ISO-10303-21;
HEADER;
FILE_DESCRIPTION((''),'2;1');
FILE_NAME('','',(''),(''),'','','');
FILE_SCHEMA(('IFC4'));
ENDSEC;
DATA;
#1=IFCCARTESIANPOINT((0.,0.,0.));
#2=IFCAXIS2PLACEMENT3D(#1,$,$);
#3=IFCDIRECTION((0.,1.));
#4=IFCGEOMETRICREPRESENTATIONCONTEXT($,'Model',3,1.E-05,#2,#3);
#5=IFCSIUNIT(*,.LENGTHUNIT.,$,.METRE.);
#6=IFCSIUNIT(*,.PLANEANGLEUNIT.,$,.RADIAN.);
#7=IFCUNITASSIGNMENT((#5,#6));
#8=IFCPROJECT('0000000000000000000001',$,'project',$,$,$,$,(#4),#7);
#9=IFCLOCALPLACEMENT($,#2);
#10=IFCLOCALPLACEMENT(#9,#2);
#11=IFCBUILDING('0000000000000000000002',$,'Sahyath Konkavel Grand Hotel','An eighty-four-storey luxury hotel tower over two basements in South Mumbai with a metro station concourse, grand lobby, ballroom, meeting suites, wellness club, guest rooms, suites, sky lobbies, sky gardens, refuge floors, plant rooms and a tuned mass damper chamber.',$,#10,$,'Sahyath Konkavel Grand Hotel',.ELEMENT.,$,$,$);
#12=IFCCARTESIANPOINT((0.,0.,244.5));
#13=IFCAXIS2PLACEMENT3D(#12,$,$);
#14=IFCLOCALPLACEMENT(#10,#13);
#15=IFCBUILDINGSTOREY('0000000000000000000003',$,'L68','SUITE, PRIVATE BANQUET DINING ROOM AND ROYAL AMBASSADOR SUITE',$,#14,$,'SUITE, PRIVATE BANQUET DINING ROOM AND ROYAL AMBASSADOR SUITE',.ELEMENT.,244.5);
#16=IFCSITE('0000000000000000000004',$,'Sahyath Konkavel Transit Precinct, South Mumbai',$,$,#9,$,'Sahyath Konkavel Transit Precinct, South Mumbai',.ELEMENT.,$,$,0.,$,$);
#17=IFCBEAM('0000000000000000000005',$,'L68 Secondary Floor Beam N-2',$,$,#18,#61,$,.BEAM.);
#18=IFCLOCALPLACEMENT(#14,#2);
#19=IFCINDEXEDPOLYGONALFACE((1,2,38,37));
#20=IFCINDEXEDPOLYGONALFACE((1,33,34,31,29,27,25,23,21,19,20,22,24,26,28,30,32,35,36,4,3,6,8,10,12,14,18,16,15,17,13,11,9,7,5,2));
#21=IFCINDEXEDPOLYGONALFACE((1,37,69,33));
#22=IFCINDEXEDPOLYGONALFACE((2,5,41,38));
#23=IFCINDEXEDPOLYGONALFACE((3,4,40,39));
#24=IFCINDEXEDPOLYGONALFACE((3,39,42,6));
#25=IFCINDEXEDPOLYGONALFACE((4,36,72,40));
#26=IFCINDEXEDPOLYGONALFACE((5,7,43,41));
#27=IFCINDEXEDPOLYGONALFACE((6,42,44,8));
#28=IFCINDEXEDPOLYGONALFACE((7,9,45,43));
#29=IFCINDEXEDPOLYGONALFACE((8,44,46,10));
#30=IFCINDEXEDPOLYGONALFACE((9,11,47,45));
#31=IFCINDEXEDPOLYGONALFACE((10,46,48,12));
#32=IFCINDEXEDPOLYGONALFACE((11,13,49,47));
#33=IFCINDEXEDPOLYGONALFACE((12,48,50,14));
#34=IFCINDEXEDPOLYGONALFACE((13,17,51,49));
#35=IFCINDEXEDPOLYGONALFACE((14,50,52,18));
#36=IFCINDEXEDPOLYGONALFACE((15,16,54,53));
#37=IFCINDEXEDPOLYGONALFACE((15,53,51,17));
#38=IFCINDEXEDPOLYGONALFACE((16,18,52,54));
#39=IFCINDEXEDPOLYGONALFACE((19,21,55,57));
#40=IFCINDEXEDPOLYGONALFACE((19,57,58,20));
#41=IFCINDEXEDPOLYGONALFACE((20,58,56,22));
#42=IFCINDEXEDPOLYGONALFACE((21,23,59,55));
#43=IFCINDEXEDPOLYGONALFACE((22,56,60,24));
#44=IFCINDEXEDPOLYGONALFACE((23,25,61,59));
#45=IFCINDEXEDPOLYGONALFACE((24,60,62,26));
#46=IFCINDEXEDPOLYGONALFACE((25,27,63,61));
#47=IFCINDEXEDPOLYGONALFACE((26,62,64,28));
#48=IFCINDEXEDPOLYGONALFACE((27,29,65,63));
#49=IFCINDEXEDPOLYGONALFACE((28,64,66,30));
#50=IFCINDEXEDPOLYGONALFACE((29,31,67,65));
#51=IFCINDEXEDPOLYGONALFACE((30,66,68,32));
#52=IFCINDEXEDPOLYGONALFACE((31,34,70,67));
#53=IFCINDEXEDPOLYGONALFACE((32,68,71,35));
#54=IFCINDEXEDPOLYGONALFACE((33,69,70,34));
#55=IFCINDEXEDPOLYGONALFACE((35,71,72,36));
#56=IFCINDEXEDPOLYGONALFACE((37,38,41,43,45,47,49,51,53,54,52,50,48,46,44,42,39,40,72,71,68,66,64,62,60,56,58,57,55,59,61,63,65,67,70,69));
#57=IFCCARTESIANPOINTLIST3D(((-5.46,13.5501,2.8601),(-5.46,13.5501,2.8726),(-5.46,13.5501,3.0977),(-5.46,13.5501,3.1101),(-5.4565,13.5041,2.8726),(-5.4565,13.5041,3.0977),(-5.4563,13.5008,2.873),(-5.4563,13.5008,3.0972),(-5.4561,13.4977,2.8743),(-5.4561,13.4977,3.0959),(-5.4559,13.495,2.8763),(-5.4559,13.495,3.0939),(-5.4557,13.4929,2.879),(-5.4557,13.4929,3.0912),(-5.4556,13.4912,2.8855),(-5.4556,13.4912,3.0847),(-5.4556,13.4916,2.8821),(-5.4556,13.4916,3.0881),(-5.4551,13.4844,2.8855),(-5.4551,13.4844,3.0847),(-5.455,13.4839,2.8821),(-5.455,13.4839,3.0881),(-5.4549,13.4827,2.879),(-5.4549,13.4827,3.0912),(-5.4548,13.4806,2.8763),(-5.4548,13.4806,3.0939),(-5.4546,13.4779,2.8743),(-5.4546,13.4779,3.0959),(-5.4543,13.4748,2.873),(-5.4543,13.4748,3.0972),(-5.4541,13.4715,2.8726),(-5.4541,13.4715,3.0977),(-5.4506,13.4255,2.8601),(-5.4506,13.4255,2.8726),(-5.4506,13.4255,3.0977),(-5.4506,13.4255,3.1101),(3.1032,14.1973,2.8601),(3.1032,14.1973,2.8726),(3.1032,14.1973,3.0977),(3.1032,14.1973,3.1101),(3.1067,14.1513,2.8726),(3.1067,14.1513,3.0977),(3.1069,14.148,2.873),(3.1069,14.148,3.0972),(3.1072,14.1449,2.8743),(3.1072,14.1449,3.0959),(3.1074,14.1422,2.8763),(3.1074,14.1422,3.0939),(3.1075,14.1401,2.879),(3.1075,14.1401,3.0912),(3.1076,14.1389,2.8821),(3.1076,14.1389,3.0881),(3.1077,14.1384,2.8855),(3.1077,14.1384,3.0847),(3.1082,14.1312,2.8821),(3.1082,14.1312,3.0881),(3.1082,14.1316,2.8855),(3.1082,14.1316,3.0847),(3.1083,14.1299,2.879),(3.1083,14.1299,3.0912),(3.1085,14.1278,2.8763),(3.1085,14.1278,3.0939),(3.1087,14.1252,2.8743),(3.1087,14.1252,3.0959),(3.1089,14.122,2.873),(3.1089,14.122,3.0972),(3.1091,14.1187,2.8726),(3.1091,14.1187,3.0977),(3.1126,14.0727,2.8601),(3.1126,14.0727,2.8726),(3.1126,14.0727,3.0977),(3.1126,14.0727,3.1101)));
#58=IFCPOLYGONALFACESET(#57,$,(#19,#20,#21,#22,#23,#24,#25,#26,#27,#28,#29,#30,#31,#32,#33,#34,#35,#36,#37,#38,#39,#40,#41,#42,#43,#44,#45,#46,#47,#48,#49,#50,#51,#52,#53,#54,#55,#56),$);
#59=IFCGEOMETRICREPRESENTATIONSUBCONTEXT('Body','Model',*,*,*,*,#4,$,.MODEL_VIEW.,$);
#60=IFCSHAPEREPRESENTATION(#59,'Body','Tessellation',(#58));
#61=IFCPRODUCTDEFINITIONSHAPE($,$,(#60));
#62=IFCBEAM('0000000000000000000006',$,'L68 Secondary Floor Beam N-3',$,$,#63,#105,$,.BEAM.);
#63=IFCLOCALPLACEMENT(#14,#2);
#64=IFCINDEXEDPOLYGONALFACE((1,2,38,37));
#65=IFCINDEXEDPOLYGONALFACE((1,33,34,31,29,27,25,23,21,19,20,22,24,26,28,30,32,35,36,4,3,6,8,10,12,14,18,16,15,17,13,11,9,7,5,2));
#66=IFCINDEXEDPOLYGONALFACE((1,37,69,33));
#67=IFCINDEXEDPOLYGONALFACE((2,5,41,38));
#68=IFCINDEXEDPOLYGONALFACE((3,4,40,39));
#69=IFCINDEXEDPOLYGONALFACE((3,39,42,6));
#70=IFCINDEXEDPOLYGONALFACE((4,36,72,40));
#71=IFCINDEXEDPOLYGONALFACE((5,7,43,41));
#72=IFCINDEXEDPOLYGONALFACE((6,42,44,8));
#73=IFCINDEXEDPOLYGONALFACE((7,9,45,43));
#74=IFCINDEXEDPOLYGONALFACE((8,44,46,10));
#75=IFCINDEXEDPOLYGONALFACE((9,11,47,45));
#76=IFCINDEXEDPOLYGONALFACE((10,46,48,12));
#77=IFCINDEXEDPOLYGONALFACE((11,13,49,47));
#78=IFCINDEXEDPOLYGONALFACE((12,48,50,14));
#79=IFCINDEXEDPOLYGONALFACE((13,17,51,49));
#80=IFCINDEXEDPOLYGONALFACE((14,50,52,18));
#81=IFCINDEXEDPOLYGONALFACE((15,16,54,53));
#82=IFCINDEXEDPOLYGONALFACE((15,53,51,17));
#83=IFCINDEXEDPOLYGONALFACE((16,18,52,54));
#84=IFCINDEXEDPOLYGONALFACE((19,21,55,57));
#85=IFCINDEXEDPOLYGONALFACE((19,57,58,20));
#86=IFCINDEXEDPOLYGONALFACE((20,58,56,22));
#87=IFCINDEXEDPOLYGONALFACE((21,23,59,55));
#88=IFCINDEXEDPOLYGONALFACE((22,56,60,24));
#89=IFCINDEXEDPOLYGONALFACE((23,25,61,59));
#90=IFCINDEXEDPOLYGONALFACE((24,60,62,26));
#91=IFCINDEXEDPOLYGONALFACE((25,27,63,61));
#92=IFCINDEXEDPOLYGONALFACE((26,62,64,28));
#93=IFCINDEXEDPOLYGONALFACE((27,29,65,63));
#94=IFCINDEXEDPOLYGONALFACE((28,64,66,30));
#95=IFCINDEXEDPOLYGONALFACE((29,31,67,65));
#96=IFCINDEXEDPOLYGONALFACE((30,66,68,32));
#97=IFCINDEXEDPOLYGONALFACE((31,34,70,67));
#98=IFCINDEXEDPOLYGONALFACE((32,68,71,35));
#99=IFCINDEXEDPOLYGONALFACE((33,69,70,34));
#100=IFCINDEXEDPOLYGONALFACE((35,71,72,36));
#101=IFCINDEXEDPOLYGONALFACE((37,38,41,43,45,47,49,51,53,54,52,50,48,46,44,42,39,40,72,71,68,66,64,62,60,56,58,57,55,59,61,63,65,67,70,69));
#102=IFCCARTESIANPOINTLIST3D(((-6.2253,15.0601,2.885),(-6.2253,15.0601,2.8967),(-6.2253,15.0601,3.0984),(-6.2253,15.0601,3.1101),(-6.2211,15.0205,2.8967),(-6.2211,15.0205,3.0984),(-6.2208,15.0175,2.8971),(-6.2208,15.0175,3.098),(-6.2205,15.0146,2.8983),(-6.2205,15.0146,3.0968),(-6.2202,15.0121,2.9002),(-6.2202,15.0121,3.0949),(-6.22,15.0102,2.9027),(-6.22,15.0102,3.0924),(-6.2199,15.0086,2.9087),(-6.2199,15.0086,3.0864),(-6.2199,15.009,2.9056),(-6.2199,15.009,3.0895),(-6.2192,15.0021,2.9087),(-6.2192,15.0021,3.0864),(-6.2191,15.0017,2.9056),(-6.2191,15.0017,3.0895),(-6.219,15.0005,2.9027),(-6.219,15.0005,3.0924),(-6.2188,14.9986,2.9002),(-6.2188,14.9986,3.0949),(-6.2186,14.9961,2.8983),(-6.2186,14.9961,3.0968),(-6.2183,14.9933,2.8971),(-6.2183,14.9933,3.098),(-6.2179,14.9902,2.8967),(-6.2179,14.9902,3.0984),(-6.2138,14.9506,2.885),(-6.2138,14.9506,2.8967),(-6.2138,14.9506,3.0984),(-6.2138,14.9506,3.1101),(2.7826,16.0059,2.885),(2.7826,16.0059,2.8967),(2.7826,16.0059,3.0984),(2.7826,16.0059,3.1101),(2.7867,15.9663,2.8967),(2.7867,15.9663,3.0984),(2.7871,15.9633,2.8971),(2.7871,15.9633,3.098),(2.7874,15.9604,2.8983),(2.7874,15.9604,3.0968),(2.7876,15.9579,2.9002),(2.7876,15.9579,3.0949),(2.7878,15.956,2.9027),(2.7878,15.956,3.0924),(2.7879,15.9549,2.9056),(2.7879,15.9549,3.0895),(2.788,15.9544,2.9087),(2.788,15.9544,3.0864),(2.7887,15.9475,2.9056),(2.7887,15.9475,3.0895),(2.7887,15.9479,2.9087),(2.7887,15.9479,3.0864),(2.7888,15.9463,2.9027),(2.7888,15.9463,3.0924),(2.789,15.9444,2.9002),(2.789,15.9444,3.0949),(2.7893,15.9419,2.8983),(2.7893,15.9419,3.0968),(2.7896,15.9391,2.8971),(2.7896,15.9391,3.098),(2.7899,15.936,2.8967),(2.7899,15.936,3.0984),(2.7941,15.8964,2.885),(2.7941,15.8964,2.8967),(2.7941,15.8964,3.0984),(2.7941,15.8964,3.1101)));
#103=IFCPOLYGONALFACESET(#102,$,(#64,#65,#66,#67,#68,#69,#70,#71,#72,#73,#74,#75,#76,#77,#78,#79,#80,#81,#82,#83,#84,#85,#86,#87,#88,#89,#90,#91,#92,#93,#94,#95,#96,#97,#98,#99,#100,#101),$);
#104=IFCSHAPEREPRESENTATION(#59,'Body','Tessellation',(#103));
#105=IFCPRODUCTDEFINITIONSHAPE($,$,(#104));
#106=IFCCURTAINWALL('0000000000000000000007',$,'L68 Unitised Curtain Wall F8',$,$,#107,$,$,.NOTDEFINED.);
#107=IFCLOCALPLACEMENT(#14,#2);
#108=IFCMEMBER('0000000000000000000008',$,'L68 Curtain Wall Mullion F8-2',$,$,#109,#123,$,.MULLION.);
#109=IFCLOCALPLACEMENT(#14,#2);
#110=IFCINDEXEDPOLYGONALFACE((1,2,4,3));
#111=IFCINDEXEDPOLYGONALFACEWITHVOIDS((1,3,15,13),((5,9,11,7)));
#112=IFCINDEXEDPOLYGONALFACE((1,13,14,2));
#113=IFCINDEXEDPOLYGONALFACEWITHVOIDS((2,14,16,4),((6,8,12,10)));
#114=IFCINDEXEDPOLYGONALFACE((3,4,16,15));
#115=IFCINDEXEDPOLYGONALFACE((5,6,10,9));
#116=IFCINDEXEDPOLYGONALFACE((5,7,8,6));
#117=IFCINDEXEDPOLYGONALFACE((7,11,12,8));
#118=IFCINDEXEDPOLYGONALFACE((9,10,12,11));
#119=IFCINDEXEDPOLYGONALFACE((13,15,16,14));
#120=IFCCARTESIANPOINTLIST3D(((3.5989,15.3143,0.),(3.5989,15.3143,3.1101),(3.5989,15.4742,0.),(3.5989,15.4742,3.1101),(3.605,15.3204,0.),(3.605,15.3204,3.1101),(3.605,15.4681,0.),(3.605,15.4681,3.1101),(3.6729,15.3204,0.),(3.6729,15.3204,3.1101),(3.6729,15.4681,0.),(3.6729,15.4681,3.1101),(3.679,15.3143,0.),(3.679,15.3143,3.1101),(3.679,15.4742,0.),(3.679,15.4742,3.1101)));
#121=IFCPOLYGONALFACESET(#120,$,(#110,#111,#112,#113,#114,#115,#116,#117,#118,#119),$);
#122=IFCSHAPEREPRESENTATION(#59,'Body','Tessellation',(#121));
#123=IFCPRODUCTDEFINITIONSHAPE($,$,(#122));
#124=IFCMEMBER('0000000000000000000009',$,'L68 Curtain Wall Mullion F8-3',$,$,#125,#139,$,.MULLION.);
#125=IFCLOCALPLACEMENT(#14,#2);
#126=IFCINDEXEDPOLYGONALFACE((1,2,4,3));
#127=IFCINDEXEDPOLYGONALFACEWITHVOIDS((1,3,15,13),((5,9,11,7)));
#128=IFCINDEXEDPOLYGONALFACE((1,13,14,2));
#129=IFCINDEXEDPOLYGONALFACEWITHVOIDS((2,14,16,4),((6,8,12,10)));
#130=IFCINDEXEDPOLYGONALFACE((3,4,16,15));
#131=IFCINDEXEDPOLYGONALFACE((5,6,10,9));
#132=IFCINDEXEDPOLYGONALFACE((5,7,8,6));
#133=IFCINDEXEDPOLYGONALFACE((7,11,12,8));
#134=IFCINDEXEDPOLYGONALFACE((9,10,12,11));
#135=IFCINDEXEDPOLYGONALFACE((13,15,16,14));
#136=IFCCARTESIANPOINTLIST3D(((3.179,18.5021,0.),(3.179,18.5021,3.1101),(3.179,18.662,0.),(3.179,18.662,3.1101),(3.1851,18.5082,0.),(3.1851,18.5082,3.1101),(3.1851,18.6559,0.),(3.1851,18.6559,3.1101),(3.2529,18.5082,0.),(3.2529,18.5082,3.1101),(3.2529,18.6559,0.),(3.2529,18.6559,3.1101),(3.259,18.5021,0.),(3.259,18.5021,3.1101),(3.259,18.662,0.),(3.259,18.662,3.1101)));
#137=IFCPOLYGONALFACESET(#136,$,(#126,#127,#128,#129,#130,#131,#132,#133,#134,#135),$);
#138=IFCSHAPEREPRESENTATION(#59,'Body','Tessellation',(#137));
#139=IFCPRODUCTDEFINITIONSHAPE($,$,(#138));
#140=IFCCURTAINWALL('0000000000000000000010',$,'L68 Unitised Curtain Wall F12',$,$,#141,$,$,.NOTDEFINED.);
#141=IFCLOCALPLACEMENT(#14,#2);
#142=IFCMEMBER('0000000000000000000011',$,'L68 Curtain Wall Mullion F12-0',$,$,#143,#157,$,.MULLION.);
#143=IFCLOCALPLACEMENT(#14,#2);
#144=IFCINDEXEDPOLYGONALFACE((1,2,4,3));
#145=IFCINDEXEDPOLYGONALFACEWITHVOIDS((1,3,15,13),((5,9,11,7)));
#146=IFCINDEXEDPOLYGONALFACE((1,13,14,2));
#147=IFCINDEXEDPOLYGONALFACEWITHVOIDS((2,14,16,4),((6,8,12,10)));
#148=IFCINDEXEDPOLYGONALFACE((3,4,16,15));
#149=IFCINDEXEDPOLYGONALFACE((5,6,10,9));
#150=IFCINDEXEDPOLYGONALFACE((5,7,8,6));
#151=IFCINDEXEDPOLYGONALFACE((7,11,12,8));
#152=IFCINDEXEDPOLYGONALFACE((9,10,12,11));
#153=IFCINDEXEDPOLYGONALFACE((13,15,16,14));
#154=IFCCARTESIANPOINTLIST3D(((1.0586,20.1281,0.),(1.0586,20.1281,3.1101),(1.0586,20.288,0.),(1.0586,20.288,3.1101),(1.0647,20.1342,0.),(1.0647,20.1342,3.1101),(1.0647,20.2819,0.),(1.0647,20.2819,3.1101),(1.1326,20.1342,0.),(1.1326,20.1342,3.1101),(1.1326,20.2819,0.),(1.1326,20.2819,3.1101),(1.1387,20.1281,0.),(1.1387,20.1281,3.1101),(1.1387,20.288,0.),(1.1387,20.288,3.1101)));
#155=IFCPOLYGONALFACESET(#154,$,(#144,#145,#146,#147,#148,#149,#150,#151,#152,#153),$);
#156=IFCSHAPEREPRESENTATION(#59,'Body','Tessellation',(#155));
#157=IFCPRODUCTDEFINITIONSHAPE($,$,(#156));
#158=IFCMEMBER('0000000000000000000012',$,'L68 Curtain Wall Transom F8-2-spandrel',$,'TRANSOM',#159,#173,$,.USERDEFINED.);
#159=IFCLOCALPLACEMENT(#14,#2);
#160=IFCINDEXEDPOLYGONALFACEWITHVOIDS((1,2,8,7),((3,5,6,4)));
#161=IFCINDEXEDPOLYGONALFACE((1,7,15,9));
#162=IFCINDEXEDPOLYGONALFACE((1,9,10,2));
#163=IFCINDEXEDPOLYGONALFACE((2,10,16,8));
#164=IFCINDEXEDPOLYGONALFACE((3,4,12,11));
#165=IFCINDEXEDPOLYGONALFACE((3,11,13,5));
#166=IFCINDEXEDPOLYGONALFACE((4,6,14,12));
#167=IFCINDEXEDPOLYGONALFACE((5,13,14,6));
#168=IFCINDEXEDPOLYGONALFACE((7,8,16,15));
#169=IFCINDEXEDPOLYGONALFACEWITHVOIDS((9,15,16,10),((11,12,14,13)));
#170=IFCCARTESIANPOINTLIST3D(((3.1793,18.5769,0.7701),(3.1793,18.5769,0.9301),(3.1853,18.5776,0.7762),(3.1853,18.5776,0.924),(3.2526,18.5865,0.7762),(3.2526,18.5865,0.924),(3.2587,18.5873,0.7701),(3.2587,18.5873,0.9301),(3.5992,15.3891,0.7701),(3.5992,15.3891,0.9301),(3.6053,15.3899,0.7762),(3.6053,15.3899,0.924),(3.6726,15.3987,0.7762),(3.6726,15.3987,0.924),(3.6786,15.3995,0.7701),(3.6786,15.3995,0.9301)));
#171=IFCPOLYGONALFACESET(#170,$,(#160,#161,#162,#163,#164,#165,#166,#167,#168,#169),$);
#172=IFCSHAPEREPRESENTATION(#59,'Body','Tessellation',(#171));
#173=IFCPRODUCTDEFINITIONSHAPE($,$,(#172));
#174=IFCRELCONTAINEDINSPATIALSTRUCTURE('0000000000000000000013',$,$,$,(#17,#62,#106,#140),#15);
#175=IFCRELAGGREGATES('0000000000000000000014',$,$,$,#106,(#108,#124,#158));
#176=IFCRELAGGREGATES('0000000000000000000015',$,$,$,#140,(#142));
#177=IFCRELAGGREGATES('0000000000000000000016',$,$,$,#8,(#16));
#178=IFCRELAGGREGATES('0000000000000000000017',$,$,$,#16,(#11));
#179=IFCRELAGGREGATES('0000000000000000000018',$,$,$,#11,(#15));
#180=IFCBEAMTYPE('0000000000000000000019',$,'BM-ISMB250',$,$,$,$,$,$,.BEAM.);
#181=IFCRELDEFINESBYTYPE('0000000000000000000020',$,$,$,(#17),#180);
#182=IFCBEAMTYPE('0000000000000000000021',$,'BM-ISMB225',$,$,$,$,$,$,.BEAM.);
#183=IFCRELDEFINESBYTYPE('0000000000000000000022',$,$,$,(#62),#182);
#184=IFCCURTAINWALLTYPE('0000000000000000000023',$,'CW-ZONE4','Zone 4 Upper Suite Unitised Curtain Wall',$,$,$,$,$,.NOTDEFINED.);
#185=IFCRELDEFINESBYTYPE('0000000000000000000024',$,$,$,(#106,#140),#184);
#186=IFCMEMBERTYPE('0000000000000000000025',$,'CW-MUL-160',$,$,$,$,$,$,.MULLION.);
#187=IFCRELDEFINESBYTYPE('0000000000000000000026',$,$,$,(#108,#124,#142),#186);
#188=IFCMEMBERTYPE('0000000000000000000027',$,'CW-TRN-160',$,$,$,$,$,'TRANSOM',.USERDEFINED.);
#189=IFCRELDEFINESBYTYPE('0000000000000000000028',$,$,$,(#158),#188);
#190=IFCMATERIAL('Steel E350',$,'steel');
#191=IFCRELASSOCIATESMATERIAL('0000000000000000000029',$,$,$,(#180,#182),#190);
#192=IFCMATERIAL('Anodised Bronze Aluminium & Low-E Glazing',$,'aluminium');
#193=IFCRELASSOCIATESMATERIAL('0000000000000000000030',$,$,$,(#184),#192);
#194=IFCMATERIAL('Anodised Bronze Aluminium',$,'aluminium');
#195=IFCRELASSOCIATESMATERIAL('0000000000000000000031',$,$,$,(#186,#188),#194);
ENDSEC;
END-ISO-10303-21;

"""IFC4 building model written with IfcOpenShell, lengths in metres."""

from ifc_helpers import new_model, si_unit, direction, frame, origin, origin_2d, place, context, subcontext, project, spatial, hollow_rectangle, i_section, extrude, source, transform, mapped, material, material_profile, profile_set, type_object, element, aggregate, save


model = new_model("IFC4")

# Units and contexts
model_context = context("Model", 3, precision=1e-05, world=origin(), true_north=direction((0.0, 1.0)))
body_context = subcontext(model_context, "Body", "Model", "MODEL_VIEW")
ifc_project = project(units=[si_unit("LENGTHUNIT", "METRE"), si_unit("PLANEANGLEUNIT", "RADIAN")], contexts=[model_context])

# Site, building, storey
site_placement = place(None, origin())
site = spatial("IfcSite", under=ifc_project, at=site_placement, Name="Sahyath Konkavel Transit Precinct, South Mumbai", LongName="Sahyath Konkavel Transit Precinct, South Mumbai", CompositionType="ELEMENT", RefElevation=0.0)
building_placement = place(site_placement, origin())
building = spatial("IfcBuilding", under=site, at=building_placement, Name="Sahyath Konkavel Grand Hotel", Description="An eighty-four-storey luxury hotel tower over two basements in South Mumbai with a metro station concourse, grand lobby, ballroom, meeting suites, wellness club, guest rooms, suites, sky lobbies, sky gardens, refuge floors, plant rooms and a tuned mass damper chamber.", LongName="Sahyath Konkavel Grand Hotel", CompositionType="ELEMENT")
storey_placement = place(building_placement, frame((0.0, 0.0, 244.5)))
storey = spatial("IfcBuildingStorey", under=building, at=storey_placement, Name="L68", Description="SUITE, PRIVATE BANQUET DINING ROOM AND ROYAL AMBASSADOR SUITE", LongName="SUITE, PRIVATE BANQUET DINING ROOM AND ROYAL AMBASSADOR SUITE", CompositionType="ELEMENT", Elevation=244.5)

# Beams
ifc_material_1 = material(Name="Steel E350", Category="steel")
ifc_material_profile_1 = material_profile(ifc_material_1, i_section(OverallWidth=0.125, OverallDepth=0.25, WebThickness=0.0068, FlangeThickness=0.0125, FilletRadius=0.0129, at=origin_2d()), Name="ISMB 250")
ifc_profile_set_1 = profile_set([ifc_material_profile_1], Name="Steel E350")
beam_type_1 = type_object("IfcBeamType", Name="BM-ISMB250", PredefinedType="BEAM", material=ifc_profile_set_1)
shared_shape_1 = source(origin(), body_context, "Body", "SweptSolid", [
    extrude(i_section(OverallWidth=0.125, OverallDepth=0.25, WebThickness=0.0068, FlangeThickness=0.0125, FilletRadius=0.0129, at=origin_2d()), origin(), (0.0, 0.0, 1.0), 8.5876),
])
beam_1_placement = place(storey_placement, frame((3.1079, 14.135, 2.9851), z_axis=(-0.997156, -0.075366, 0.0), x_axis=(0.075366, -0.997156, 0.0)))
element("IfcBeam", 1, at=beam_1_placement, inside=storey, type_object=beam_type_1, Name="L68 Secondary Floor Beam N-2", PredefinedType="BEAM", context=body_context, shape_type="MappedRepresentation", body=[
    mapped(shared_shape_1, transform((0.0, 0.0, 0.0), scale=1.0)),
])
ifc_material_profile_2 = material_profile(ifc_material_1, i_section(OverallWidth=0.1101, OverallDepth=0.2251, WebThickness=0.0066, FlangeThickness=0.0117, FilletRadius=0.012, at=origin_2d()), Name="ISMB 225")
ifc_profile_set_2 = profile_set([ifc_material_profile_2], Name="Steel E350")
beam_type_2 = type_object("IfcBeamType", Name="BM-ISMB225", PredefinedType="BEAM", material=ifc_profile_set_2)
shared_shape_2 = source(origin(), body_context, "Body", "SweptSolid", [
    extrude(i_section(OverallWidth=0.1101, OverallDepth=0.2251, WebThickness=0.0066, FlangeThickness=0.0117, FilletRadius=0.012, at=origin_2d()), origin(), (0.0, 0.0, 1.0), 9.0574),
])
beam_2_placement = place(storey_placement, frame((2.7883, 15.9512, 2.9976), z_axis=(-0.994533, -0.104424, 0.0), x_axis=(0.104424, -0.994533, 0.0)))
element("IfcBeam", 2, at=beam_2_placement, inside=storey, type_object=beam_type_2, Name="L68 Secondary Floor Beam N-3", PredefinedType="BEAM", context=body_context, shape_type="MappedRepresentation", body=[
    mapped(shared_shape_2, transform((0.0, 0.0, 0.0), scale=1.0)),
])

# Curtain wall, members
ifc_material_2 = material(Name="Anodised Bronze Aluminium & Low-E Glazing", Category="aluminium")
curtain_wall_type = type_object("IfcCurtainWallType", Name="CW-ZONE4", Description="Zone 4 Upper Suite Unitised Curtain Wall", PredefinedType="NOTDEFINED", material=ifc_material_2)
curtain_wall_1_placement = place(storey_placement, origin())
curtain_wall_1 = element("IfcCurtainWall", 3, at=curtain_wall_1_placement, inside=storey, type_object=curtain_wall_type, Name="L68 Unitised Curtain Wall F8", PredefinedType="NOTDEFINED")
ifc_material_3 = material(Name="Anodised Bronze Aluminium", Category="aluminium")
ifc_material_profile_3 = material_profile(ifc_material_3, hollow_rectangle(XDim=0.0801, YDim=0.1599, WallThickness=0.0061, at=origin_2d()), Name="RHS 160x80x6")
ifc_profile_set_3 = profile_set([ifc_material_profile_3], Name="Anodised Bronze Aluminium")
member_type_1 = type_object("IfcMemberType", Name="CW-MUL-160", PredefinedType="MULLION", material=ifc_profile_set_3)
shared_shape_3 = source(origin(), body_context, "Body", "SweptSolid", [
    extrude(hollow_rectangle(XDim=0.0801, YDim=0.1599, WallThickness=0.0061, at=origin_2d()), origin(), (0.0, 0.0, 1.0), 3.1101),
])
member_1_placement = place(storey_placement, frame((3.6389, 15.3943, 0.0), z_axis=(0.0, 0.0, 1.0), x_axis=(1.0, 0.0, 0.0)))
member_1 = element("IfcMember", 4, at=member_1_placement, type_object=member_type_1, Name="L68 Curtain Wall Mullion F8-2", PredefinedType="MULLION", context=body_context, shape_type="MappedRepresentation", body=[
    mapped(shared_shape_3, transform((0.0, 0.0, 0.0), scale=1.0)),
])
member_2_placement = place(storey_placement, frame((3.219, 18.582, 0.0), z_axis=(0.0, 0.0, 1.0), x_axis=(1.0, 0.0, 0.0)))
member_2 = element("IfcMember", 5, at=member_2_placement, type_object=member_type_1, Name="L68 Curtain Wall Mullion F8-3", PredefinedType="MULLION", context=body_context, shape_type="MappedRepresentation", body=[
    mapped(shared_shape_3, transform((0.0, 0.0, 0.0), scale=1.0)),
])

# Curtain wall, member
curtain_wall_2_placement = place(storey_placement, origin())
curtain_wall_2 = element("IfcCurtainWall", 6, at=curtain_wall_2_placement, inside=storey, type_object=curtain_wall_type, Name="L68 Unitised Curtain Wall F12", PredefinedType="NOTDEFINED")
member_3_placement = place(storey_placement, frame((1.0986, 20.208, 0.0), z_axis=(0.0, 0.0, 1.0), x_axis=(1.0, 0.0, 0.0)))
member_3 = element("IfcMember", 7, at=member_3_placement, type_object=member_type_1, Name="L68 Curtain Wall Mullion F12-0", PredefinedType="MULLION", context=body_context, shape_type="MappedRepresentation", body=[
    mapped(shared_shape_3, transform((0.0, 0.0, 0.0), scale=1.0)),
])

# Member
ifc_material_profile_4 = material_profile(ifc_material_3, hollow_rectangle(XDim=0.0801, YDim=0.1599, WallThickness=0.0061, at=origin_2d()), Name="RHS 160x80x6")
ifc_profile_set_4 = profile_set([ifc_material_profile_4], Name="Anodised Bronze Aluminium")
member_type_2 = type_object("IfcMemberType", Name="CW-TRN-160", ElementType="TRANSOM", PredefinedType="USERDEFINED", material=ifc_profile_set_4)
shared_shape_4 = source(origin(), body_context, "Body", "SweptSolid", [
    extrude(hollow_rectangle(XDim=0.0801, YDim=0.1599, WallThickness=0.0061, at=origin_2d()), origin(), (0.0, 0.0, 1.0), 3.2153),
])
member_4_placement = place(storey_placement, frame((3.6389, 15.3943, 0.8501), z_axis=(-0.130602, 0.991435, 0.0), x_axis=(-0.991435, -0.130602, 0.0)))
member_4 = element("IfcMember", 8, at=member_4_placement, type_object=member_type_2, Name="L68 Curtain Wall Transom F8-2-spandrel", ObjectType="TRANSOM", PredefinedType="USERDEFINED", context=body_context, shape_type="MappedRepresentation", body=[
    mapped(shared_shape_4, transform((0.0, 0.0, 0.0), scale=1.0)),
])

aggregate(curtain_wall_1, [member_1, member_2, member_4])
aggregate(curtain_wall_2, [member_3])

save(model, "model.ifc")
